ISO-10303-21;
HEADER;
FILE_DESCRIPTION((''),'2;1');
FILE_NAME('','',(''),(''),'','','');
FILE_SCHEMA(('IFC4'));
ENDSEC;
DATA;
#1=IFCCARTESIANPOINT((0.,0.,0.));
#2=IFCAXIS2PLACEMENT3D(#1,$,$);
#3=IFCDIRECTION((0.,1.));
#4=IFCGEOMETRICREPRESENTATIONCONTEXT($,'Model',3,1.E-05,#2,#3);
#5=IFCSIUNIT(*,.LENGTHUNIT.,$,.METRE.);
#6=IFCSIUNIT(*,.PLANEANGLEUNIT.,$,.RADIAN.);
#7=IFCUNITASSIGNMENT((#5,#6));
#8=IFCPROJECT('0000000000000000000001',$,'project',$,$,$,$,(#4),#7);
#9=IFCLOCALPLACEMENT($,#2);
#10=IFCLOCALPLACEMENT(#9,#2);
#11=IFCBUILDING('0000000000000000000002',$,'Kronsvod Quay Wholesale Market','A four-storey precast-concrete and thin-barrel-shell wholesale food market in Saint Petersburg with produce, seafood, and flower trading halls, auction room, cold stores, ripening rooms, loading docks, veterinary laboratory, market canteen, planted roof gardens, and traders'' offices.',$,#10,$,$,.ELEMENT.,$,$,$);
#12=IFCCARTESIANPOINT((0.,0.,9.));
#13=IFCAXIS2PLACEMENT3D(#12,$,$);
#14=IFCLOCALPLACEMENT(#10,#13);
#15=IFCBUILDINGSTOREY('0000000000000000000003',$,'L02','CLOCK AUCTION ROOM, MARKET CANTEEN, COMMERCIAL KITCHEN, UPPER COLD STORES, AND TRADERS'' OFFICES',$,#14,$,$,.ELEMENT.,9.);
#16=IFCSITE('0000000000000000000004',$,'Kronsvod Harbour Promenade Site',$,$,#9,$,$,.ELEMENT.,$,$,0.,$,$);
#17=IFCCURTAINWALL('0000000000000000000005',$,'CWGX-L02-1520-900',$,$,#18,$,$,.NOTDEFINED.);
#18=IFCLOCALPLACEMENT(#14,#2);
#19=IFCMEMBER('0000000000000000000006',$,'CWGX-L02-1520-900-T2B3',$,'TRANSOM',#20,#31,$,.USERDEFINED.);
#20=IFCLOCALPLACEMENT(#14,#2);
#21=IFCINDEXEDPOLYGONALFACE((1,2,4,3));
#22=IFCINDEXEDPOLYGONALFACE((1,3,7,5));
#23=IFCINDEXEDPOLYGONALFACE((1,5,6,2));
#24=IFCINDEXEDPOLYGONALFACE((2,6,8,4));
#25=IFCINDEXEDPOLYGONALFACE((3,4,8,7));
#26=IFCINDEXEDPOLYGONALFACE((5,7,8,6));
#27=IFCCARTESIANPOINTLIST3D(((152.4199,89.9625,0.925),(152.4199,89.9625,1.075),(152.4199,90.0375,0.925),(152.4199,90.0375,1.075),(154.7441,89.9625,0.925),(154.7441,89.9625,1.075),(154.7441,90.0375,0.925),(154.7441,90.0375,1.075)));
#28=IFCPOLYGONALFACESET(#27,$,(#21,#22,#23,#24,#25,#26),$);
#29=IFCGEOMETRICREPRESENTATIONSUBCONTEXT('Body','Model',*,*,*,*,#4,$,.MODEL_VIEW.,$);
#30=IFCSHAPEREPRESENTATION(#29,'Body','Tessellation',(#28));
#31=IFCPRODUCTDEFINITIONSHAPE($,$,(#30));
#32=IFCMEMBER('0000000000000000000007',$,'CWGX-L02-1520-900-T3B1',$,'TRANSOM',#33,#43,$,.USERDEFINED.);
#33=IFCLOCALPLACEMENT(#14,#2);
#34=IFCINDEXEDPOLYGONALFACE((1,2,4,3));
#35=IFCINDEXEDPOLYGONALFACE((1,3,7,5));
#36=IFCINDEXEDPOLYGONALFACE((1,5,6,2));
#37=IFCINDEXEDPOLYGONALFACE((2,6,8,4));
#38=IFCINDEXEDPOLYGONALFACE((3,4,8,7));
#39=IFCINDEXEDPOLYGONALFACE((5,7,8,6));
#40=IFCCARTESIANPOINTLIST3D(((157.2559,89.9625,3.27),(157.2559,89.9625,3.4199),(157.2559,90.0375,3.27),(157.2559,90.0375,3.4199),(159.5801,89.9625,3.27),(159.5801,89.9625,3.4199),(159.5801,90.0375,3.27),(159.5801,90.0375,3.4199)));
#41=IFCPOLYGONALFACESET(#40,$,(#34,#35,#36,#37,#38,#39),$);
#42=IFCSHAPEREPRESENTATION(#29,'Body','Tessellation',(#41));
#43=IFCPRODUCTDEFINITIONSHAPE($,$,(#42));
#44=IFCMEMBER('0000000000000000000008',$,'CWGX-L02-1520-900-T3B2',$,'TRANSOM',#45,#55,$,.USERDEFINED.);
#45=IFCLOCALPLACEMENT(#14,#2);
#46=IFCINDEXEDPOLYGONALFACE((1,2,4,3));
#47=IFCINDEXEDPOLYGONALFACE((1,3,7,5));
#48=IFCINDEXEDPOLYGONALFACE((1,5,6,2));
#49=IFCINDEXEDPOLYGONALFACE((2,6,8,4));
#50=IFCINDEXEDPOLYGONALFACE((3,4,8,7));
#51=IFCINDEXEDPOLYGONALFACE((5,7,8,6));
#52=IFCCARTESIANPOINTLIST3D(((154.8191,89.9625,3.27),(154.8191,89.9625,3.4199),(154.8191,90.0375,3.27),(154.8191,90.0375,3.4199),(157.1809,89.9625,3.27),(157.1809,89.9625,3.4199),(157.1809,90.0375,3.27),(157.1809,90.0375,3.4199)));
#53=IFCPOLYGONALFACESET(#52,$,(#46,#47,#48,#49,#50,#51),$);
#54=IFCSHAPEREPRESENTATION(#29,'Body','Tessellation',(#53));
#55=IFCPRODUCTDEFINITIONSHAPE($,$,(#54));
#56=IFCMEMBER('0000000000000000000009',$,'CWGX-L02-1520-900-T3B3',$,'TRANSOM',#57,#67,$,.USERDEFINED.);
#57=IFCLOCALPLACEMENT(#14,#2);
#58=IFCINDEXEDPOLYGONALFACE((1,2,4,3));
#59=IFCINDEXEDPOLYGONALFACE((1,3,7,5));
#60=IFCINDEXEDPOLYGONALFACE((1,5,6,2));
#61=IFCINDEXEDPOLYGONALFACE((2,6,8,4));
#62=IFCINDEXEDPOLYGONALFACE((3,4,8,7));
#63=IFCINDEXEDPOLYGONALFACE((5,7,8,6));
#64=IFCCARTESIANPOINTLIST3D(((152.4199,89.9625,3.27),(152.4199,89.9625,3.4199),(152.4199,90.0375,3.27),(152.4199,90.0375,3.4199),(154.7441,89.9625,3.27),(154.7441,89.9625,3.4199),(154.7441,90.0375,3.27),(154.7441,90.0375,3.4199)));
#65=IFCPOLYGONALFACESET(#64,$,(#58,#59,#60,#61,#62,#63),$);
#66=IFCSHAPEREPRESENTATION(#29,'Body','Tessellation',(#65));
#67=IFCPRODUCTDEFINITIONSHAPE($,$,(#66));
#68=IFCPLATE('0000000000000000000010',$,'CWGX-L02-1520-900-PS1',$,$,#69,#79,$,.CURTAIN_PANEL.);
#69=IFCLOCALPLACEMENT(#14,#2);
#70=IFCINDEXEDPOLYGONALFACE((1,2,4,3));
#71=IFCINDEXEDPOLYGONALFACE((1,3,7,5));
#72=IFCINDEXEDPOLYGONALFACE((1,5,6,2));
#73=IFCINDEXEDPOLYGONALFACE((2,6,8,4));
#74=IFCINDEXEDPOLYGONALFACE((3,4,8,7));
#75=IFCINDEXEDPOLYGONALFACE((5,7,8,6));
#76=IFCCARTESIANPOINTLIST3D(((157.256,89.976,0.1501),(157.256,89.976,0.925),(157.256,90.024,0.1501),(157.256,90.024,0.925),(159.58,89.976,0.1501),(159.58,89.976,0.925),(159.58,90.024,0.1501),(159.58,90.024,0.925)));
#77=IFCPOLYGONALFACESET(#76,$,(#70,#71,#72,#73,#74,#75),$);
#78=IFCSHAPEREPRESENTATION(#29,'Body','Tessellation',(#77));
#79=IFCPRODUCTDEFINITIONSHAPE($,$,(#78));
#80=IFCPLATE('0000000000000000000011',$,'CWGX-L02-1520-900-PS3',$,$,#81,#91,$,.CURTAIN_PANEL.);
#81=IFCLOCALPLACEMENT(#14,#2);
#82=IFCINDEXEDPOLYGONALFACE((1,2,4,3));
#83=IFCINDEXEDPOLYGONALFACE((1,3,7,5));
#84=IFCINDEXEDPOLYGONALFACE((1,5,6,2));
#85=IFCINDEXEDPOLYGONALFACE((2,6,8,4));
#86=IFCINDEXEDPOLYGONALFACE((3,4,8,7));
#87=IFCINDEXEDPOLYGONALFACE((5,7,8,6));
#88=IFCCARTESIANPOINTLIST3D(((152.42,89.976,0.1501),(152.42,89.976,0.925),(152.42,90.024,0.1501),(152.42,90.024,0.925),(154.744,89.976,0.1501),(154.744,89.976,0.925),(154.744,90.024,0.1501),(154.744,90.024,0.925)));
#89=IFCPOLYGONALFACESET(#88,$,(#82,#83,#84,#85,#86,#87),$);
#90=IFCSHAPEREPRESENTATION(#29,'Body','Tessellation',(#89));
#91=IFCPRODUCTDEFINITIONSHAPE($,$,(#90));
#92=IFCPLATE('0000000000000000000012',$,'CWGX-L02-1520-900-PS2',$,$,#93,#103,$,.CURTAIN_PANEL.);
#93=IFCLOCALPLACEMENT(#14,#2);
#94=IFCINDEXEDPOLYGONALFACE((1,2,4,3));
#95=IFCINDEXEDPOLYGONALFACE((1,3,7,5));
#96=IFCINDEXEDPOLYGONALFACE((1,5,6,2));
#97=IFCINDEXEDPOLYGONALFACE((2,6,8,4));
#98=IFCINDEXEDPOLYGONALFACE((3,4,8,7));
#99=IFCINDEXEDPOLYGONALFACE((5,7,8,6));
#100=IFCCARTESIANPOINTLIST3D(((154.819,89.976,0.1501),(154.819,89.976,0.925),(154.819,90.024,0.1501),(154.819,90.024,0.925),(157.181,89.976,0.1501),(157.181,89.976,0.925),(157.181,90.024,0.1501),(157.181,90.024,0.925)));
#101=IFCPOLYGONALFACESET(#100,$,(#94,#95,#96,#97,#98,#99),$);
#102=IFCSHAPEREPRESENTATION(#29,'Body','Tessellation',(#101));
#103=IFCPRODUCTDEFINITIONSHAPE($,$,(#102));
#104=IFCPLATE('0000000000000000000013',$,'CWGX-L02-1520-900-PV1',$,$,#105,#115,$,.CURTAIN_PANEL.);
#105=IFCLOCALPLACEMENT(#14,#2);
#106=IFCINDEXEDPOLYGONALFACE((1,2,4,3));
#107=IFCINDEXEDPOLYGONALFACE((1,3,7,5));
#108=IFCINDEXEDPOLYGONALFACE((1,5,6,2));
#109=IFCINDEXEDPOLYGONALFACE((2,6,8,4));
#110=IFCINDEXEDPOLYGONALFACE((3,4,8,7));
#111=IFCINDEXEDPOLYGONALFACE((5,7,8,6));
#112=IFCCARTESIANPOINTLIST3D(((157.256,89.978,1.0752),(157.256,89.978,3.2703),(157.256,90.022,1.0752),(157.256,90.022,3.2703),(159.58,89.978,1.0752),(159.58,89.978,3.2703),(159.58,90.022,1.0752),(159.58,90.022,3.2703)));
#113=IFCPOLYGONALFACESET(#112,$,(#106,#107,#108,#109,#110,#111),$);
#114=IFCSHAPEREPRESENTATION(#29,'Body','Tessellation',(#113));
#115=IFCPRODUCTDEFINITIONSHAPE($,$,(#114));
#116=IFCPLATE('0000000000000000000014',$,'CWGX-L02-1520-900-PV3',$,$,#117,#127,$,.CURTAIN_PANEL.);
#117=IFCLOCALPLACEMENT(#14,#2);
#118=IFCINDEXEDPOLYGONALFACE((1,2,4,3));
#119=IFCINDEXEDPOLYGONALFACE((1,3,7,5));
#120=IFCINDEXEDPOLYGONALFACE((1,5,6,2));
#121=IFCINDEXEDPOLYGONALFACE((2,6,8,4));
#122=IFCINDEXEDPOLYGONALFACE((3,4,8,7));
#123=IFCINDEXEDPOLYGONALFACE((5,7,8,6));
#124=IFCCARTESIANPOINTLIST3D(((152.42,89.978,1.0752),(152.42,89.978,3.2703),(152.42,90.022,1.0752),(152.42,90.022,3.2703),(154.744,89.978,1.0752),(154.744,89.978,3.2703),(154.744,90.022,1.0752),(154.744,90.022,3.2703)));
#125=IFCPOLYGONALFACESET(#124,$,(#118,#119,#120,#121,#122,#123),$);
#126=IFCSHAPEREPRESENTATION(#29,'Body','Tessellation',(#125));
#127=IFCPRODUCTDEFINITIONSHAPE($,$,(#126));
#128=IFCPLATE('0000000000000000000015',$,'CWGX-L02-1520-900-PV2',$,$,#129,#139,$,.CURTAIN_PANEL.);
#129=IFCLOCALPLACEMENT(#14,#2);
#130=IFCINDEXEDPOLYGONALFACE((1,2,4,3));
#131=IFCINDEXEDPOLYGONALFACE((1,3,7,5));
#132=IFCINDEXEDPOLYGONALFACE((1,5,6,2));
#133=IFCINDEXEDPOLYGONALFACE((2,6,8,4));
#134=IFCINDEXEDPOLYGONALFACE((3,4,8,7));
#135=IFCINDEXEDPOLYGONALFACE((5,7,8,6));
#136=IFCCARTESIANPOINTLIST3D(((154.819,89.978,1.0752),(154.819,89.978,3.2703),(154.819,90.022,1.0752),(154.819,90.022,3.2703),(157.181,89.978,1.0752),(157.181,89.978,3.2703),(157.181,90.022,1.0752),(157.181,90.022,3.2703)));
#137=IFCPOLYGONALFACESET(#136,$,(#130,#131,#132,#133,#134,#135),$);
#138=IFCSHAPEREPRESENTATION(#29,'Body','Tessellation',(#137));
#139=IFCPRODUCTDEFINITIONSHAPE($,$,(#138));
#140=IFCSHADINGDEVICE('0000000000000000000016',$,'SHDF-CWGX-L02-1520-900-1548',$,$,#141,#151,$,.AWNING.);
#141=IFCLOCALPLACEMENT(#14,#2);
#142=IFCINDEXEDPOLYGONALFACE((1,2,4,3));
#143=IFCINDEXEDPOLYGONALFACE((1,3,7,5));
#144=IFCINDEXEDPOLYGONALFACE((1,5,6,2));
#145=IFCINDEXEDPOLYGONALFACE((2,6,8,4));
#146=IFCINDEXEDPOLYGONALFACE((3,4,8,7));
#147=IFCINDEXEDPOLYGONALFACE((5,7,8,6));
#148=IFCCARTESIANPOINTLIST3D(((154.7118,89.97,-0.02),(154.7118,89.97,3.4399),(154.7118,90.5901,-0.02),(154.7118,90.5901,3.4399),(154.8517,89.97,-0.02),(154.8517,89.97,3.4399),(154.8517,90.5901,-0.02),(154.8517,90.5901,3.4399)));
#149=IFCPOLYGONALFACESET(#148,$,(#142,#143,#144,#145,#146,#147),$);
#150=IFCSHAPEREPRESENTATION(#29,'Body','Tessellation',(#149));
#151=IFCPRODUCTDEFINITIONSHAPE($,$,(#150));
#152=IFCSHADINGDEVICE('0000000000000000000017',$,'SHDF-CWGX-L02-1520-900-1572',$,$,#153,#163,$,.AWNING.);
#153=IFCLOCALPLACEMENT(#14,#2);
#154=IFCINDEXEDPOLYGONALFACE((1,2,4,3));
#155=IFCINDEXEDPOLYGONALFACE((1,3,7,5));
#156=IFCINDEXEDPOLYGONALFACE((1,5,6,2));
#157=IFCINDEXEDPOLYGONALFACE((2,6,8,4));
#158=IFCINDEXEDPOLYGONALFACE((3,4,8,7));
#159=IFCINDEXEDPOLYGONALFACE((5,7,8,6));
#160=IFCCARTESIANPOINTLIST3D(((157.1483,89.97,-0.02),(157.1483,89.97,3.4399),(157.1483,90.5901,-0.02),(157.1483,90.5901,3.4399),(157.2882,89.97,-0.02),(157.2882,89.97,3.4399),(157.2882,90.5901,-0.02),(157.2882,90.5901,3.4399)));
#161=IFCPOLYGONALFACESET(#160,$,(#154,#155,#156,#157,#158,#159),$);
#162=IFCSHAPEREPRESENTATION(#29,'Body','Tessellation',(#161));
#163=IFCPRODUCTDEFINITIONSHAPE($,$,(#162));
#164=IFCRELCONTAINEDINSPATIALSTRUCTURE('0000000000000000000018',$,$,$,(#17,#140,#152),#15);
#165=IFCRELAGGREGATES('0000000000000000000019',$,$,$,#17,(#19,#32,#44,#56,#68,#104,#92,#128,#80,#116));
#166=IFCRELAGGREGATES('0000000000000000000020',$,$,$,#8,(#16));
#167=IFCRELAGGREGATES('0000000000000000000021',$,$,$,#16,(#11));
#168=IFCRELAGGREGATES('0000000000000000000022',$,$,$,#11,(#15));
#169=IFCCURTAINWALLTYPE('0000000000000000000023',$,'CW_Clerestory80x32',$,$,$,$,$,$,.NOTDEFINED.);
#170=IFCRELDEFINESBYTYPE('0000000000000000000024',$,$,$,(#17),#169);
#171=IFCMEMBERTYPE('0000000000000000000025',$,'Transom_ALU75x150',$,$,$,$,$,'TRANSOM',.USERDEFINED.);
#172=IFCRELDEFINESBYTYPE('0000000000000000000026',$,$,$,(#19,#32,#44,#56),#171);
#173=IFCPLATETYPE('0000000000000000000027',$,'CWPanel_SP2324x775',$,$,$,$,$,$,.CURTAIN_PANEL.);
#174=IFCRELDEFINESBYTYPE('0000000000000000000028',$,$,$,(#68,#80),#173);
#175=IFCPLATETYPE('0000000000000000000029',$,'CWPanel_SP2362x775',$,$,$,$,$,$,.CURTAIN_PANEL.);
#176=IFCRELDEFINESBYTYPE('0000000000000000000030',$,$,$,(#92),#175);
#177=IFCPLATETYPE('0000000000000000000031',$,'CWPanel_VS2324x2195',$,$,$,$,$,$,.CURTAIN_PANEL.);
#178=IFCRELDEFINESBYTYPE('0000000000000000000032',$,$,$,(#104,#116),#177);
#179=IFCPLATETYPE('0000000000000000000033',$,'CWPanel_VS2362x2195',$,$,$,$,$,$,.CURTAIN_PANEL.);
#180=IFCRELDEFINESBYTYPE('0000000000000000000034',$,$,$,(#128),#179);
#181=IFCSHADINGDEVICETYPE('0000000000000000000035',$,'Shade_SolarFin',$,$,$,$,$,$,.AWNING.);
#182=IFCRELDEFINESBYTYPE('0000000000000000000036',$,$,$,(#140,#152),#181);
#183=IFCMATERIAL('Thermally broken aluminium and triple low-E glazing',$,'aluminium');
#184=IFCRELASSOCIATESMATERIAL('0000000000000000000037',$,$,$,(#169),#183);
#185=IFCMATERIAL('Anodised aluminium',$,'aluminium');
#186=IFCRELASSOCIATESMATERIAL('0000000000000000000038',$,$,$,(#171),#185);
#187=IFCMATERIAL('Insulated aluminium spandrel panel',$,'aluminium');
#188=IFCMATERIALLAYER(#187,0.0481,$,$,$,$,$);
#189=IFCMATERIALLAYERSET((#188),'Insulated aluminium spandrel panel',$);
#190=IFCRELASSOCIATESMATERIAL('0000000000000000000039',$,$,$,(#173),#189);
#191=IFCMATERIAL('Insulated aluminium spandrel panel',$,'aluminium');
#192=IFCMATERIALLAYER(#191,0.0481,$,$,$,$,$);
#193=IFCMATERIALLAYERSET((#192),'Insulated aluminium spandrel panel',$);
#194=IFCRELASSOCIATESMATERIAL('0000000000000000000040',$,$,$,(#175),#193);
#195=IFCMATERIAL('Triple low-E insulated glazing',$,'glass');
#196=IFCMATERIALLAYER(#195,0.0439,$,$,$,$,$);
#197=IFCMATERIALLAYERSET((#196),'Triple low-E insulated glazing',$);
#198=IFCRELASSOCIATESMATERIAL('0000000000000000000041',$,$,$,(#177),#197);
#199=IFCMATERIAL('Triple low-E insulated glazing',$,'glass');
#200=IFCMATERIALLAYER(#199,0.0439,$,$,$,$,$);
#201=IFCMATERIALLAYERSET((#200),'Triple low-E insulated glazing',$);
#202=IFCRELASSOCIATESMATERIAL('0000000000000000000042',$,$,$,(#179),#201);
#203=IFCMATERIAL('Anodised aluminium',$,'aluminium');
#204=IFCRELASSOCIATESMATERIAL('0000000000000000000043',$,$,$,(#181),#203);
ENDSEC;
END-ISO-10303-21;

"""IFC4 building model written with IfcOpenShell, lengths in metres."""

from ifc_helpers import new_model, si_unit, direction, frame, origin, origin_2d, place, context, subcontext, project, spatial, rectangle, extrude, material, layer, layer_set, material_profile, profile_set, type_object, element, aggregate, save


model = new_model("IFC4")

# Units and contexts
model_context = context("Model", 3, precision=1e-05, world=origin(), true_north=direction((0.0, 1.0)))
body_context = subcontext(model_context, "Body", "Model", "MODEL_VIEW")
ifc_project = project(units=[si_unit("LENGTHUNIT", "METRE"), si_unit("PLANEANGLEUNIT", "RADIAN")], contexts=[model_context])

# Site, building, storey
site_placement = place(None, origin())
site = spatial("IfcSite", under=ifc_project, at=site_placement, Name="Kronsvod Harbour Promenade Site", CompositionType="ELEMENT", RefElevation=0.0)
building_placement = place(site_placement, origin())
building = spatial("IfcBuilding", under=site, at=building_placement, Name="Kronsvod Quay Wholesale Market", Description="A four-storey precast-concrete and thin-barrel-shell wholesale food market in Saint Petersburg with produce, seafood, and flower trading halls, auction room, cold stores, ripening rooms, loading docks, veterinary laboratory, market canteen, planted roof gardens, and traders' offices.", CompositionType="ELEMENT")
storey_placement = place(building_placement, frame((0.0, 0.0, 9.0)))
storey = spatial("IfcBuildingStorey", under=building, at=storey_placement, Name="L02", Description="CLOCK AUCTION ROOM, MARKET CANTEEN, COMMERCIAL KITCHEN, UPPER COLD STORES, AND TRADERS' OFFICES", CompositionType="ELEMENT", Elevation=9.0)

# Curtain wall, members, plates
ifc_material_1 = material(Name="Thermally broken aluminium and triple low-E glazing", Category="aluminium")
curtain_wall_type = type_object("IfcCurtainWallType", Name="CW_Clerestory80x32", PredefinedType="NOTDEFINED", material=ifc_material_1)
curtain_wall_placement = place(storey_placement, origin())
curtain_wall = element("IfcCurtainWall", 1, at=curtain_wall_placement, inside=storey, type_object=curtain_wall_type, Name="CWGX-L02-1520-900", PredefinedType="NOTDEFINED")
ifc_material_2 = material(Name="Anodised aluminium", Category="aluminium")
ifc_material_profile_1 = material_profile(ifc_material_2, rectangle(XDim=0.075, YDim=0.1499, at=origin_2d()), Name="ALUT75x150")
ifc_profile_set_1 = profile_set([ifc_material_profile_1], Name="Anodised aluminium")
member_type_1 = type_object("IfcMemberType", Name="Transom_ALU75x150", ElementType="TRANSOM", PredefinedType="USERDEFINED", material=ifc_profile_set_1)
member_1_placement = place(storey_placement, frame((154.7441, 90.0, 1.0), z_axis=(-1.0, 0.0, 0.0), x_axis=(0.0, -1.0, 0.0)))
member_1 = element("IfcMember", 2, at=member_1_placement, type_object=member_type_1, Name="CWGX-L02-1520-900-T2B3", ObjectType="TRANSOM", PredefinedType="USERDEFINED", context=body_context, shape_type="SweptSolid", body=[
    extrude(rectangle(XDim=0.075, YDim=0.1499, at=origin_2d()), origin(), (0.0, 0.0, 1.0), 2.3242),
])
member_2_placement = place(storey_placement, frame((159.5801, 90.0, 3.345), z_axis=(-1.0, 0.0, 0.0), x_axis=(0.0, -1.0, 0.0)))
member_2 = element("IfcMember", 3, at=member_2_placement, type_object=member_type_1, Name="CWGX-L02-1520-900-T3B1", ObjectType="TRANSOM", PredefinedType="USERDEFINED", context=body_context, shape_type="SweptSolid", body=[
    extrude(rectangle(XDim=0.075, YDim=0.1499, at=origin_2d()), origin(), (0.0, 0.0, 1.0), 2.3242),
])
member_3_placement = place(storey_placement, frame((157.1809, 90.0, 3.345), z_axis=(-1.0, 0.0, 0.0), x_axis=(0.0, -1.0, 0.0)))
member_3 = element("IfcMember", 4, at=member_3_placement, type_object=member_type_1, Name="CWGX-L02-1520-900-T3B2", ObjectType="TRANSOM", PredefinedType="USERDEFINED", context=body_context, shape_type="SweptSolid", body=[
    extrude(rectangle(XDim=0.075, YDim=0.1499, at=origin_2d()), origin(), (0.0, 0.0, 1.0), 2.3618),
])
member_4_placement = place(storey_placement, frame((154.7441, 90.0, 3.345), z_axis=(-1.0, 0.0, 0.0), x_axis=(0.0, -1.0, 0.0)))
member_4 = element("IfcMember", 5, at=member_4_placement, type_object=member_type_1, Name="CWGX-L02-1520-900-T3B3", ObjectType="TRANSOM", PredefinedType="USERDEFINED", context=body_context, shape_type="SweptSolid", body=[
    extrude(rectangle(XDim=0.075, YDim=0.1499, at=origin_2d()), origin(), (0.0, 0.0, 1.0), 2.3242),
])
ifc_material_3 = material(Name="Insulated aluminium spandrel panel", Category="aluminium")
ifc_layer_1 = layer(ifc_material_3, 0.0481)
ifc_layer_set_1 = layer_set([ifc_layer_1], Name="Insulated aluminium spandrel panel")
plate_type_1 = type_object("IfcPlateType", Name="CWPanel_SP2324x775", PredefinedType="CURTAIN_PANEL", material=ifc_layer_set_1)
plate_1_placement = place(storey_placement, frame((158.418, 90.0, 0.1501), z_axis=(0.0, 0.0, 1.0), x_axis=(-1.0, 0.0, 0.0)))
plate_1 = element("IfcPlate", 6, at=plate_1_placement, type_object=plate_type_1, Name="CWGX-L02-1520-900-PS1", PredefinedType="CURTAIN_PANEL", context=body_context, shape_type="SweptSolid", body=[
    extrude(rectangle(XDim=2.324, YDim=0.0481, at=origin_2d()), origin(), (0.0, 0.0, 1.0), 0.7749),
])
plate_2_placement = place(storey_placement, frame((153.582, 90.0, 0.1501), z_axis=(0.0, 0.0, 1.0), x_axis=(-1.0, 0.0, 0.0)))
plate_2 = element("IfcPlate", 7, at=plate_2_placement, type_object=plate_type_1, Name="CWGX-L02-1520-900-PS3", PredefinedType="CURTAIN_PANEL", context=body_context, shape_type="SweptSolid", body=[
    extrude(rectangle(XDim=2.324, YDim=0.0481, at=origin_2d()), origin(), (0.0, 0.0, 1.0), 0.7749),
])
ifc_material_4 = material(Name="Insulated aluminium spandrel panel", Category="aluminium")
ifc_layer_2 = layer(ifc_material_4, 0.0481)
ifc_layer_set_2 = layer_set([ifc_layer_2], Name="Insulated aluminium spandrel panel")
plate_type_2 = type_object("IfcPlateType", Name="CWPanel_SP2362x775", PredefinedType="CURTAIN_PANEL", material=ifc_layer_set_2)
plate_3_placement = place(storey_placement, frame((156.0, 90.0, 0.1501), z_axis=(0.0, 0.0, 1.0), x_axis=(-1.0, 0.0, 0.0)))
plate_3 = element("IfcPlate", 8, at=plate_3_placement, type_object=plate_type_2, Name="CWGX-L02-1520-900-PS2", PredefinedType="CURTAIN_PANEL", context=body_context, shape_type="SweptSolid", body=[
    extrude(rectangle(XDim=2.3621, YDim=0.0481, at=origin_2d()), origin(), (0.0, 0.0, 1.0), 0.7749),
])
ifc_material_5 = material(Name="Triple low-E insulated glazing", Category="glass")
ifc_layer_3 = layer(ifc_material_5, 0.0439)
ifc_layer_set_3 = layer_set([ifc_layer_3], Name="Triple low-E insulated glazing")
plate_type_3 = type_object("IfcPlateType", Name="CWPanel_VS2324x2195", PredefinedType="CURTAIN_PANEL", material=ifc_layer_set_3)
plate_4_placement = place(storey_placement, frame((158.418, 90.0, 1.0752), z_axis=(0.0, 0.0, 1.0), x_axis=(-1.0, 0.0, 0.0)))
plate_4 = element("IfcPlate", 9, at=plate_4_placement, type_object=plate_type_3, Name="CWGX-L02-1520-900-PV1", PredefinedType="CURTAIN_PANEL", context=body_context, shape_type="SweptSolid", body=[
    extrude(rectangle(XDim=2.324, YDim=0.0439, at=origin_2d()), origin(), (0.0, 0.0, 1.0), 2.1951),
])
plate_5_placement = place(storey_placement, frame((153.582, 90.0, 1.0752), z_axis=(0.0, 0.0, 1.0), x_axis=(-1.0, 0.0, 0.0)))
plate_5 = element("IfcPlate", 10, at=plate_5_placement, type_object=plate_type_3, Name="CWGX-L02-1520-900-PV3", PredefinedType="CURTAIN_PANEL", context=body_context, shape_type="SweptSolid", body=[
    extrude(rectangle(XDim=2.324, YDim=0.0439, at=origin_2d()), origin(), (0.0, 0.0, 1.0), 2.1951),
])
ifc_material_6 = material(Name="Triple low-E insulated glazing", Category="glass")
ifc_layer_4 = layer(ifc_material_6, 0.0439)
ifc_layer_set_4 = layer_set([ifc_layer_4], Name="Triple low-E insulated glazing")
plate_type_4 = type_object("IfcPlateType", Name="CWPanel_VS2362x2195", PredefinedType="CURTAIN_PANEL", material=ifc_layer_set_4)
plate_6_placement = place(storey_placement, frame((156.0, 90.0, 1.0752), z_axis=(0.0, 0.0, 1.0), x_axis=(-1.0, 0.0, 0.0)))
plate_6 = element("IfcPlate", 11, at=plate_6_placement, type_object=plate_type_4, Name="CWGX-L02-1520-900-PV2", PredefinedType="CURTAIN_PANEL", context=body_context, shape_type="SweptSolid", body=[
    extrude(rectangle(XDim=2.3621, YDim=0.0439, at=origin_2d()), origin(), (0.0, 0.0, 1.0), 2.1951),
])
aggregate(curtain_wall, [member_1, member_2, member_3, member_4, plate_1, plate_4, plate_3, plate_6, plate_2, plate_5])

# Shading devices
ifc_material_7 = material(Name="Anodised aluminium", Category="aluminium")
shading_device_type = type_object("IfcShadingDeviceType", Name="Shade_SolarFin", PredefinedType="AWNING", material=ifc_material_7)
for number, where, z_axis, x_axis, name in (
    (12, (154.7817, 90.28, -0.02), (0.0, 0.0, 1.0), (1.0, 0.0, 0.0), "SHDF-CWGX-L02-1520-900-1548"),
    (13, (157.2183, 90.28, -0.02), (0.0, 0.0, 1.0), (1.0, 0.0, 0.0), "SHDF-CWGX-L02-1520-900-1572"),
):
    element("IfcShadingDevice", number, at=place(storey_placement, frame(where, z_axis=z_axis, x_axis=x_axis)), inside=storey, type_object=shading_device_type, Name=name, PredefinedType="AWNING", context=body_context, shape_type="SweptSolid", body=[
        extrude(rectangle(XDim=0.1399, YDim=0.6201, at=origin_2d()), origin(), (0.0, 0.0, 1.0), 3.46),
    ])

save(model, "model.ifc")
